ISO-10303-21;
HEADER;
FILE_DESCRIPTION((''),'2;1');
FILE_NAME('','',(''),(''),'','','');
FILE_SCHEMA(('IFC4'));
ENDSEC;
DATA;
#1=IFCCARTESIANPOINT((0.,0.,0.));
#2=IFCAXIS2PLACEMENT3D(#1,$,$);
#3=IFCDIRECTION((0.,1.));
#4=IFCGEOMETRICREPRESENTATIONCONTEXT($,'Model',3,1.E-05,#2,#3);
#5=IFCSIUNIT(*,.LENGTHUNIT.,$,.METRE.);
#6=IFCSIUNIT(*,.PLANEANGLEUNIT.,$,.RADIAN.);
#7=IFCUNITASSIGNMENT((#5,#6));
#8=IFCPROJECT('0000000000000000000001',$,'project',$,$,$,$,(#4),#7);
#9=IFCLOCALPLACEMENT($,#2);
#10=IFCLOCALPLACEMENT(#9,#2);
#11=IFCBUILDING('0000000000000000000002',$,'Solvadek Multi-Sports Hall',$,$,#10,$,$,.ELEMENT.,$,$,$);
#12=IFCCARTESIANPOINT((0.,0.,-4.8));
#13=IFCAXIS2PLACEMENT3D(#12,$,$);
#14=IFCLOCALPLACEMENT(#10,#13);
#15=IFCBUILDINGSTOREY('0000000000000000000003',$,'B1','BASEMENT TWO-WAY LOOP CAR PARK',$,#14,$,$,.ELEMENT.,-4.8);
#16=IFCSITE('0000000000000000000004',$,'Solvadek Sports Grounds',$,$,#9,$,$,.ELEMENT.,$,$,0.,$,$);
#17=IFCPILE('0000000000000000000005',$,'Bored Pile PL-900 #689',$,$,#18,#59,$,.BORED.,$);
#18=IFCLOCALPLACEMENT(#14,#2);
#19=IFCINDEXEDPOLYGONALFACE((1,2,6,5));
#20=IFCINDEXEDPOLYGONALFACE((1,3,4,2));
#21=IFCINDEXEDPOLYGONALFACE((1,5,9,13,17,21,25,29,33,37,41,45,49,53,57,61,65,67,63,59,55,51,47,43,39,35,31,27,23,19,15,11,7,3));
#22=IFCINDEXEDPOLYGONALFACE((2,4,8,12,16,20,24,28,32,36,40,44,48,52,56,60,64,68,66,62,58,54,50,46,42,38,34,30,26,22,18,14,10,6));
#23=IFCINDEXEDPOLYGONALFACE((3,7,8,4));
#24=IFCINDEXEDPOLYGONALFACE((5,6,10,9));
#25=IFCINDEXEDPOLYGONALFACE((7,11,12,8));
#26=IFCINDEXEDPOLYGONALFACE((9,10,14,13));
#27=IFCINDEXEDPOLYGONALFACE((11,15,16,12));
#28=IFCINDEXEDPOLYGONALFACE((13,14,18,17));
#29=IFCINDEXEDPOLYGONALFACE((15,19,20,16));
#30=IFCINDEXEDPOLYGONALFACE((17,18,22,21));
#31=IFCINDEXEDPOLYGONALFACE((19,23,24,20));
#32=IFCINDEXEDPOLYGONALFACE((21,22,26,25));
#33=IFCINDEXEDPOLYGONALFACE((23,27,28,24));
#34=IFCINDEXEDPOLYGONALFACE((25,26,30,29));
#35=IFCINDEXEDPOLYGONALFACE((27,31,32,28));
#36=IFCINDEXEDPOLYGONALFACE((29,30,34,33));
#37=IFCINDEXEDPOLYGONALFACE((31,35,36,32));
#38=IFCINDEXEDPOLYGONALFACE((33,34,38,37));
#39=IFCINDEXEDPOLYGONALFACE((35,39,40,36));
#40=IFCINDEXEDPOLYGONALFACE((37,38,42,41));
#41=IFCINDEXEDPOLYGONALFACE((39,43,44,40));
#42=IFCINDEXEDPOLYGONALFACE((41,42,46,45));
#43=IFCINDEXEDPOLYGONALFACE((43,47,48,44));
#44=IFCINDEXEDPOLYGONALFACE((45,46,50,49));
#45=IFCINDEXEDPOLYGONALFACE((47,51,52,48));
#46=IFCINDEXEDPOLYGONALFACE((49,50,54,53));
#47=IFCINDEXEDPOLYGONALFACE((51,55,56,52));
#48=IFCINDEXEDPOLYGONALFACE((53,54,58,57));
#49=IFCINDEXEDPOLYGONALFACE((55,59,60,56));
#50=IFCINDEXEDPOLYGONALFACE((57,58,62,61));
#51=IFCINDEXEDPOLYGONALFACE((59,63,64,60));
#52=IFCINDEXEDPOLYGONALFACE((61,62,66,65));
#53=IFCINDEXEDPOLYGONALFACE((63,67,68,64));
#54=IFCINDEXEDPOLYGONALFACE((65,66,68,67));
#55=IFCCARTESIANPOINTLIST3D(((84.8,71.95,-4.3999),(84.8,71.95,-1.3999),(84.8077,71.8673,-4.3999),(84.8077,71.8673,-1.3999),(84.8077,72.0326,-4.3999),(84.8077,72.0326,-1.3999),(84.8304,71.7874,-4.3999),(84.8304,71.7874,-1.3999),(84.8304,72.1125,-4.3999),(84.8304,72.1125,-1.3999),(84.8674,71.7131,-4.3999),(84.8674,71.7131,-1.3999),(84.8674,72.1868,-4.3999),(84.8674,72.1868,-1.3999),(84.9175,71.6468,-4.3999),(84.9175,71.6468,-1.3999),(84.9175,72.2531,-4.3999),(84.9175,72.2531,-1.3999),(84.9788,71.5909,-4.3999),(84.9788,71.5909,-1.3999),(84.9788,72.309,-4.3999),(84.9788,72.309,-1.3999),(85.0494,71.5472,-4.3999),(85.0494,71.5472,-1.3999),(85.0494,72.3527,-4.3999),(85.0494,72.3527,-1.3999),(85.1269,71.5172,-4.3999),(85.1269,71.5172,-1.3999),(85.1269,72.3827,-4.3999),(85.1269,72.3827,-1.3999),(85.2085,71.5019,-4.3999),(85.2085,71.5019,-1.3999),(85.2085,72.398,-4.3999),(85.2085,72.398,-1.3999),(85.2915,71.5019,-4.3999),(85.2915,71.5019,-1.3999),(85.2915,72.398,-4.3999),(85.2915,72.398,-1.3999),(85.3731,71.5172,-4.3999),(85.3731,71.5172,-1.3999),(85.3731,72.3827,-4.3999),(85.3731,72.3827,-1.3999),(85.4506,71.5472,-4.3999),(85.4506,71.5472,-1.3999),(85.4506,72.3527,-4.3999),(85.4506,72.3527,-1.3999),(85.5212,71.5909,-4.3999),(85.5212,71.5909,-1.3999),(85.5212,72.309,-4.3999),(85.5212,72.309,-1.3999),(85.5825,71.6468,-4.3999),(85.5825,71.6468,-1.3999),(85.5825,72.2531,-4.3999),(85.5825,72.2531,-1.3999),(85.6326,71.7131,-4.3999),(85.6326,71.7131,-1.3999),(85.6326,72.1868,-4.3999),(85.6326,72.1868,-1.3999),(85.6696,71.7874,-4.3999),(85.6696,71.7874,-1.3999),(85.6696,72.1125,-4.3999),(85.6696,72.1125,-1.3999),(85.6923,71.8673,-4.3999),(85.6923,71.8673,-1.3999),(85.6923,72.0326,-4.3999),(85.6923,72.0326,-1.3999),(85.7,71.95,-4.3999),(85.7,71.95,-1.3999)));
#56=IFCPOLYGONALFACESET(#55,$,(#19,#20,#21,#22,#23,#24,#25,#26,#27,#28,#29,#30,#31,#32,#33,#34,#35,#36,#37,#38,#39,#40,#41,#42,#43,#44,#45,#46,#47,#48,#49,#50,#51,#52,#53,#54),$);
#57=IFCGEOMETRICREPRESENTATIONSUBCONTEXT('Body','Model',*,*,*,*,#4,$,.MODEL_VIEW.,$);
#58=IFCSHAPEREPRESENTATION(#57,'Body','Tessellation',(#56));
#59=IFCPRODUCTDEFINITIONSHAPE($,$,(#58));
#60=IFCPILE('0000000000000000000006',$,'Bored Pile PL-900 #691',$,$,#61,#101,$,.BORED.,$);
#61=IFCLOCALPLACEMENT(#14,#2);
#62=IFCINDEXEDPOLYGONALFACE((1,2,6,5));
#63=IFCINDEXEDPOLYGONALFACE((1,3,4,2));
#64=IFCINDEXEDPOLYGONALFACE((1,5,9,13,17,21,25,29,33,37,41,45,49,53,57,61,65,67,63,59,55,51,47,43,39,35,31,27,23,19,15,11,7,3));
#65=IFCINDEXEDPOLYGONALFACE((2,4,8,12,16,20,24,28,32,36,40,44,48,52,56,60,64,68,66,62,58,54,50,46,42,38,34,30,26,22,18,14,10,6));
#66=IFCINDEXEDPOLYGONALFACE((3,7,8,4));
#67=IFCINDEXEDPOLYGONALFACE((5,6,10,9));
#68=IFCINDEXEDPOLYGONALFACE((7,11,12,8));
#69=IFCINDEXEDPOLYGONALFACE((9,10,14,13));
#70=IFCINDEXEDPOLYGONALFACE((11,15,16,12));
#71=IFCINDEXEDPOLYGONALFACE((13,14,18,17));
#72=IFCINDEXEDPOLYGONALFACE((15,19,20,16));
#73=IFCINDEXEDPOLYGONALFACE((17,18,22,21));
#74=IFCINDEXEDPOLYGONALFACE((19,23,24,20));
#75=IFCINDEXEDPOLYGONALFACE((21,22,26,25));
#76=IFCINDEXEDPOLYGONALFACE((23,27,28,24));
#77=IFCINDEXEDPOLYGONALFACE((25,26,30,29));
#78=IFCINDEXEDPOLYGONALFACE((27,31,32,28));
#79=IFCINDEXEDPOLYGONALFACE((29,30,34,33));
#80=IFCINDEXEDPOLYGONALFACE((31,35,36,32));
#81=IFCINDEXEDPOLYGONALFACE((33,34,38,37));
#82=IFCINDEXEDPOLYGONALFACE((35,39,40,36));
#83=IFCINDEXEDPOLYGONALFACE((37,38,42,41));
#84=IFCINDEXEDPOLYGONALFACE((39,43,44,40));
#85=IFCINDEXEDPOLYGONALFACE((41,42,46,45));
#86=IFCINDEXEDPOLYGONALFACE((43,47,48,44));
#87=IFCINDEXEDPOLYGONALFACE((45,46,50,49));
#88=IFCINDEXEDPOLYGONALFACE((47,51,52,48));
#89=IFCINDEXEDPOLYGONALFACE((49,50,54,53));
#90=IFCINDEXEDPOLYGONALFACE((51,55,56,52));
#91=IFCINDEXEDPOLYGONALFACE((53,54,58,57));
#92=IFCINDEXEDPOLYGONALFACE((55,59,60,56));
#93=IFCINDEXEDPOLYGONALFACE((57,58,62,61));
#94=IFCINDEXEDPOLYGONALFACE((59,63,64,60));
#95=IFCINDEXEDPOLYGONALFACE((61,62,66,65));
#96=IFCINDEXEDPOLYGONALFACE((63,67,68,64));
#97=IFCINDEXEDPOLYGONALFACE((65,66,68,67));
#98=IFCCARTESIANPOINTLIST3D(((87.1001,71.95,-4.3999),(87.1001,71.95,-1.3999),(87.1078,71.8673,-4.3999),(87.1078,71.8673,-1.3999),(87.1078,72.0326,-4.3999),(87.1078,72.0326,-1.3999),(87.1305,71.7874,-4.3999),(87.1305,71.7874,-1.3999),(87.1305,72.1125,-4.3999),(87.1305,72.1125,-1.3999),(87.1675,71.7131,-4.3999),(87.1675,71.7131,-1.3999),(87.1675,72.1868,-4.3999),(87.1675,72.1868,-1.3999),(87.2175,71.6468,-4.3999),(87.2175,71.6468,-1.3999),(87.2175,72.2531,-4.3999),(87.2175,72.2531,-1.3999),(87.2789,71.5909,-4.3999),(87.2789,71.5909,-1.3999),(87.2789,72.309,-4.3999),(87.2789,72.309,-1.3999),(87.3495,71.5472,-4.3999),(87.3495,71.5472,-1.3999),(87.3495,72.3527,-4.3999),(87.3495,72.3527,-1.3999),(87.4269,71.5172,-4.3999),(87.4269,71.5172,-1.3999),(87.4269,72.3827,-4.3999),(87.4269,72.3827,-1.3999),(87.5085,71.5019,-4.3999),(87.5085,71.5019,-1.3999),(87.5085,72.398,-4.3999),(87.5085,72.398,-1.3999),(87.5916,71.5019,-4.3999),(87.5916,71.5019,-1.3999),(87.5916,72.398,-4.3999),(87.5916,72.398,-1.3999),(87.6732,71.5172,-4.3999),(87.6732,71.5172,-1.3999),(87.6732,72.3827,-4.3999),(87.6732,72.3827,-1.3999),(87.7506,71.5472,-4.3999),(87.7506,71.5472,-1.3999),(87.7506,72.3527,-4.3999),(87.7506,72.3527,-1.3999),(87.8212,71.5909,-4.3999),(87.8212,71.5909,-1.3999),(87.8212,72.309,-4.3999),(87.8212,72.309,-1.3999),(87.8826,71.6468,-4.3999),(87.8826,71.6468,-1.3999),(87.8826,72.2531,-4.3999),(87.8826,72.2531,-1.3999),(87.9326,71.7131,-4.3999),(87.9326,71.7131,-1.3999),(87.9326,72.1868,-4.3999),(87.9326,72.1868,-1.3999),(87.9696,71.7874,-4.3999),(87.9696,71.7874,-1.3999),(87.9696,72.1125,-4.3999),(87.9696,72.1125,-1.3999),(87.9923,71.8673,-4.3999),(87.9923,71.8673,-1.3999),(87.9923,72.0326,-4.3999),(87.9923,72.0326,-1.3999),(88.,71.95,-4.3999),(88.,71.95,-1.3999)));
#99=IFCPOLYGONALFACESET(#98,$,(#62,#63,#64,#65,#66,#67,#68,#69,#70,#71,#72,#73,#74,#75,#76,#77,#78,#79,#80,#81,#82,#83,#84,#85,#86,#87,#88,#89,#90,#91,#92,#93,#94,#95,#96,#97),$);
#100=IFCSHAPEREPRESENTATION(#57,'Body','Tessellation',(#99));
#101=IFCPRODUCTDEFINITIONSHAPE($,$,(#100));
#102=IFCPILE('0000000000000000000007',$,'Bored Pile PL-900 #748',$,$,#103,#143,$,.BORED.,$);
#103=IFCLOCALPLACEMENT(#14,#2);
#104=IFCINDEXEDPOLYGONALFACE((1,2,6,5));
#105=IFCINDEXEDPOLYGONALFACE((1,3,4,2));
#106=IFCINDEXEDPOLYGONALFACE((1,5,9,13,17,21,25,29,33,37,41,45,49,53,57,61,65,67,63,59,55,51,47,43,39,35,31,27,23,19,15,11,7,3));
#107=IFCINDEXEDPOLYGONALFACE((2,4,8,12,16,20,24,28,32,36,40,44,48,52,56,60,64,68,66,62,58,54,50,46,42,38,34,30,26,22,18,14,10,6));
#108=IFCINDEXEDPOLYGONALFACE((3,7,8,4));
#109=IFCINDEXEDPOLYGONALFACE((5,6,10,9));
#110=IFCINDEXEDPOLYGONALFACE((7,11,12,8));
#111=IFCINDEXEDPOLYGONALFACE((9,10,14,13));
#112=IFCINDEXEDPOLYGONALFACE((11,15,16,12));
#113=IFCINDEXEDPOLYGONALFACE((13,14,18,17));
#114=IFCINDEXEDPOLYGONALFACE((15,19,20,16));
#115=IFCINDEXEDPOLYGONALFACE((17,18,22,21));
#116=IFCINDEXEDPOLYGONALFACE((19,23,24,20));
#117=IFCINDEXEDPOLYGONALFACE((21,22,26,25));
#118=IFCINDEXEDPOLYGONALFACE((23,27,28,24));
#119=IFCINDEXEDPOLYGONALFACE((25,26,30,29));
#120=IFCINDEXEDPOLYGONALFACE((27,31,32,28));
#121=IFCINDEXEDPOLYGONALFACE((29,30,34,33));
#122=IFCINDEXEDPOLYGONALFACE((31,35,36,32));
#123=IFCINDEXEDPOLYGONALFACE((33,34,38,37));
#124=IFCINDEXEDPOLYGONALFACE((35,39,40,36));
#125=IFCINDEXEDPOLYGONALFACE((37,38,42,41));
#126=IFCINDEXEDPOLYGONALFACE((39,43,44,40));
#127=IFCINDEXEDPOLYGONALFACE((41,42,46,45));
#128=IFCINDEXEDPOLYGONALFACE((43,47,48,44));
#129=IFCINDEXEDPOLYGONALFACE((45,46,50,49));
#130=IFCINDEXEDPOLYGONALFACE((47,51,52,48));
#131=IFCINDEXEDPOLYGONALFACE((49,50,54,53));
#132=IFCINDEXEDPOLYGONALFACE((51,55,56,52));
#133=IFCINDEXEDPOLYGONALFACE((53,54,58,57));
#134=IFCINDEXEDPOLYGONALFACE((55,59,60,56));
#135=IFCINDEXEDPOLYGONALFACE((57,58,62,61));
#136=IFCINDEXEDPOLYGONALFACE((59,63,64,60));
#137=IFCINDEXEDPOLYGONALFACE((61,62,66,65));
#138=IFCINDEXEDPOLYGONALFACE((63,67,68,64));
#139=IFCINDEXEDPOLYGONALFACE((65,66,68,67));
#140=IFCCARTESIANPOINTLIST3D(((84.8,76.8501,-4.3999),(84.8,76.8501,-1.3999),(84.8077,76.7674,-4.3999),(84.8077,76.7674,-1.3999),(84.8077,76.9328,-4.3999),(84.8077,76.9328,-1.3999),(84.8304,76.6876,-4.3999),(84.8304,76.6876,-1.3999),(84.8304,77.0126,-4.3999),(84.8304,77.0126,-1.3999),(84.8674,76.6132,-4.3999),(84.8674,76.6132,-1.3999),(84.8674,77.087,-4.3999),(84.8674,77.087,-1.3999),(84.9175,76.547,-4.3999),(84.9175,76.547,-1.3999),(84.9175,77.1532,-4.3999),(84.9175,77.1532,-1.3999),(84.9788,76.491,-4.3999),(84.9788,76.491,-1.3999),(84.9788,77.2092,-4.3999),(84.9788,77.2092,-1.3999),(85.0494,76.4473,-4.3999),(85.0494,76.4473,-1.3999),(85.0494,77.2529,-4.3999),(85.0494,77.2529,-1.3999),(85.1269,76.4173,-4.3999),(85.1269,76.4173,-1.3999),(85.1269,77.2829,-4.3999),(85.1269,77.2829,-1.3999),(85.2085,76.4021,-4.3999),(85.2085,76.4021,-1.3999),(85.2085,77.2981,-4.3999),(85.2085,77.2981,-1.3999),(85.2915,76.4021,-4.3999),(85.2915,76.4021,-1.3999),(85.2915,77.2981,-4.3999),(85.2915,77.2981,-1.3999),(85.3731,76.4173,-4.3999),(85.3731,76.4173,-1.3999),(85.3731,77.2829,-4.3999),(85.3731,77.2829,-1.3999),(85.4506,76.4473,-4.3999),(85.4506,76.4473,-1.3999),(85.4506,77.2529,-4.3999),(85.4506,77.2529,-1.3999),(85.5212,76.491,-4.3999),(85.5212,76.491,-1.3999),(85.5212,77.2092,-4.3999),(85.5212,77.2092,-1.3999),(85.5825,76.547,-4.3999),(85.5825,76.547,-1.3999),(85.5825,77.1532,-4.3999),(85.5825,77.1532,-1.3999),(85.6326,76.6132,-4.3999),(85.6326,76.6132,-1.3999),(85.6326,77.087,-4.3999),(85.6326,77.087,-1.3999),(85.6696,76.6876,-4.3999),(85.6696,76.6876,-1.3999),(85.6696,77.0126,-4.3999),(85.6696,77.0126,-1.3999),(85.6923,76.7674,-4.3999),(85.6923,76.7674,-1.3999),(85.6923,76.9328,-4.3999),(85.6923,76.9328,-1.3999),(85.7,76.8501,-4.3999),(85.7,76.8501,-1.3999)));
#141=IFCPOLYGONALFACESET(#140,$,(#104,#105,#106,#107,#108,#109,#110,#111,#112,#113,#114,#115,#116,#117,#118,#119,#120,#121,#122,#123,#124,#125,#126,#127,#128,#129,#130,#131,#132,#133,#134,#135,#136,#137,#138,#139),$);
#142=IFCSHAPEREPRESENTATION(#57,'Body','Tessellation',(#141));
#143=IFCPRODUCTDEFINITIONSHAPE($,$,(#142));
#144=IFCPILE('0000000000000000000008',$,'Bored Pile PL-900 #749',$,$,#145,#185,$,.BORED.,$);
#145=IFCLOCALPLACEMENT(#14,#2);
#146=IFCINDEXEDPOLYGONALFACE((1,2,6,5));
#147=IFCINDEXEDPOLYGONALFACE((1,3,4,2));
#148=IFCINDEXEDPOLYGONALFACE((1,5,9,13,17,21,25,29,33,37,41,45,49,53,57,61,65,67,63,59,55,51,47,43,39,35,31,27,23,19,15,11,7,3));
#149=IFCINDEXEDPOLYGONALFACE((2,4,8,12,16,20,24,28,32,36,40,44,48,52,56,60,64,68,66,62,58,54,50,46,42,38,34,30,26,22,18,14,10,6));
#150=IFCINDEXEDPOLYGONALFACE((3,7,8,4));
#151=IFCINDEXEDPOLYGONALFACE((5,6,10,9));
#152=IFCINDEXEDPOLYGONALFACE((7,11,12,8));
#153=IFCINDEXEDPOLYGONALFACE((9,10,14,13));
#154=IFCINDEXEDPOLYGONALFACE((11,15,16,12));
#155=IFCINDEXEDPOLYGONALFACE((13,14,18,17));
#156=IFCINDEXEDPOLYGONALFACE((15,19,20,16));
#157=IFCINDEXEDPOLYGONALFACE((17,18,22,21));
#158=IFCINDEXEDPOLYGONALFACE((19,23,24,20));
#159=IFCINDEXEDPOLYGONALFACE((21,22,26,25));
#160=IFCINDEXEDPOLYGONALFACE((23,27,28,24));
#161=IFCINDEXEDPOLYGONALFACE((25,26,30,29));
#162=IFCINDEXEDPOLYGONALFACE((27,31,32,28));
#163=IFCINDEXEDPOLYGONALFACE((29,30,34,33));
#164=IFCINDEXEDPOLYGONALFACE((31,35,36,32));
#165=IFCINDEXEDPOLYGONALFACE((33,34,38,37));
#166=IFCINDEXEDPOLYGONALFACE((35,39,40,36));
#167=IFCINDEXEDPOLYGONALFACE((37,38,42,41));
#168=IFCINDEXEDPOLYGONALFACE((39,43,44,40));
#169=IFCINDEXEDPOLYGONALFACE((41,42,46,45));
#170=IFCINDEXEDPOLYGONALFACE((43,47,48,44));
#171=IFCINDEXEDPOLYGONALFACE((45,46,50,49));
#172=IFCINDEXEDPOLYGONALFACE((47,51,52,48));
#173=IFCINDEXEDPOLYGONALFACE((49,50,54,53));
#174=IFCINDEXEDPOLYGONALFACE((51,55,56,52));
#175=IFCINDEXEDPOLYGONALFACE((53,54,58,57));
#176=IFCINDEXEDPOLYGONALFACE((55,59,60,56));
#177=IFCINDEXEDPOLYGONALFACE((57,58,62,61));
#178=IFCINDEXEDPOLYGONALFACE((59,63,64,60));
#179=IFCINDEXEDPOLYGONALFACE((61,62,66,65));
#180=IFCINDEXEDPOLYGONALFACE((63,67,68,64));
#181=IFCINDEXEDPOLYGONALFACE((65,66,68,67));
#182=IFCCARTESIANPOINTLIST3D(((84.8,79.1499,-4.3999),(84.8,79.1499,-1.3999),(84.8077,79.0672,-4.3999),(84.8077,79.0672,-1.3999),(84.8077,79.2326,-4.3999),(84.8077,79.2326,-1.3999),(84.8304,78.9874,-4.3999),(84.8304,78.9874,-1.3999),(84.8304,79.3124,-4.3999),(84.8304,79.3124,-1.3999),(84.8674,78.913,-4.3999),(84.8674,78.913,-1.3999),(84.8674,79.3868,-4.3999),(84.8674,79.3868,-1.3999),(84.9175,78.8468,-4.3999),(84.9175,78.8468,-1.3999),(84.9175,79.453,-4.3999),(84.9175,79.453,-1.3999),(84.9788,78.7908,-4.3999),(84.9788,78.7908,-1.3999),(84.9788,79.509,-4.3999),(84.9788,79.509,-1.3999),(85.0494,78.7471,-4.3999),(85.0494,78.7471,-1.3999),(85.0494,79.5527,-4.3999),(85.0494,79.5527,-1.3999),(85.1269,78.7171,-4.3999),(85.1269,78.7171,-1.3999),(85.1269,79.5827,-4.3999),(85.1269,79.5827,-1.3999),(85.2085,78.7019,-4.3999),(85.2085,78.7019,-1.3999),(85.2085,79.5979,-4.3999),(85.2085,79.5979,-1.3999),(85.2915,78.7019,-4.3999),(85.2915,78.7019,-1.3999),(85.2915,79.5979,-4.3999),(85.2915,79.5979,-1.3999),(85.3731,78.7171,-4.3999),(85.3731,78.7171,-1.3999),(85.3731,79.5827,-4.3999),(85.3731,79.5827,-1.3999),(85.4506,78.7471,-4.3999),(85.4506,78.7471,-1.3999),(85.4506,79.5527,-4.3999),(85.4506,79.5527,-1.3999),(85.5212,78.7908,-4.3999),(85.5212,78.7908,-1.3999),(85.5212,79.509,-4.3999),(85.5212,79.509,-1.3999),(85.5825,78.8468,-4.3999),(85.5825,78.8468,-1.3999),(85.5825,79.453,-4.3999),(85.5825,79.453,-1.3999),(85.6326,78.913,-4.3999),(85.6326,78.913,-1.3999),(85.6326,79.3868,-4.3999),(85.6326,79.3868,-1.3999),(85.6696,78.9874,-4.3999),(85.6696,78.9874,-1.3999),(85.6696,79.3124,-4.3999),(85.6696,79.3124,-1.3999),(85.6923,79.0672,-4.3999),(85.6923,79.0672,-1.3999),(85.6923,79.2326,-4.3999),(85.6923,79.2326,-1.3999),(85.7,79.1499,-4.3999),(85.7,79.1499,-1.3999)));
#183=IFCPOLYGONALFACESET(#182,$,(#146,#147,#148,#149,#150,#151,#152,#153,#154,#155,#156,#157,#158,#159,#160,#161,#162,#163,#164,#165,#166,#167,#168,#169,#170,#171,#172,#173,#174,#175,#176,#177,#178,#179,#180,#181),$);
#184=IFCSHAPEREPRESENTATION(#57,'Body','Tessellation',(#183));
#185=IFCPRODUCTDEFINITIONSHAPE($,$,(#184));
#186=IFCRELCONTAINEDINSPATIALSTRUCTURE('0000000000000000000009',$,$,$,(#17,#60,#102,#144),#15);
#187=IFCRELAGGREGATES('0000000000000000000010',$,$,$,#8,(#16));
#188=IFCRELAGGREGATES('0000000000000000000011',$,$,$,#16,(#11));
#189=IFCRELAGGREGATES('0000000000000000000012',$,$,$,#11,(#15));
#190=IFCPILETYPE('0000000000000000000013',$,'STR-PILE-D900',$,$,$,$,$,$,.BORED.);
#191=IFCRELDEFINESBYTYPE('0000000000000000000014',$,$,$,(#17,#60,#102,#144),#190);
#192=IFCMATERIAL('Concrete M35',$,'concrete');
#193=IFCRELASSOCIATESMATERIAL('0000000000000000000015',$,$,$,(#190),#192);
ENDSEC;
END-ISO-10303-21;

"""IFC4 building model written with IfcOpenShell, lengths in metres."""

from ifc_helpers import new_model, si_unit, direction, frame, origin, origin_2d, place, context, subcontext, project, spatial, circle, extrude, material, material_profile, profile_set, type_object, element, save


model = new_model("IFC4")

# Units and contexts
model_context = context("Model", 3, precision=1e-05, world=origin(), true_north=direction((0.0, 1.0)))
body_context = subcontext(model_context, "Body", "Model", "MODEL_VIEW")
ifc_project = project(units=[si_unit("LENGTHUNIT", "METRE"), si_unit("PLANEANGLEUNIT", "RADIAN")], contexts=[model_context])

# Site, building, storey
site_placement = place(None, origin())
site = spatial("IfcSite", under=ifc_project, at=site_placement, Name="Solvadek Sports Grounds", CompositionType="ELEMENT", RefElevation=0.0)
building_placement = place(site_placement, origin())
building = spatial("IfcBuilding", under=site, at=building_placement, Name="Solvadek Multi-Sports Hall", CompositionType="ELEMENT")
storey_placement = place(building_placement, frame((0.0, 0.0, -4.8)))
storey = spatial("IfcBuildingStorey", under=building, at=storey_placement, Name="B1", Description="BASEMENT TWO-WAY LOOP CAR PARK", CompositionType="ELEMENT", Elevation=-4.8)

# Piles
ifc_material_1 = material(Name="Concrete M35", Category="concrete")
ifc_material_profile_1 = material_profile(ifc_material_1, circle(Radius=0.45, at=origin_2d()), Name="BORED PILE D900")
ifc_profile_set_1 = profile_set([ifc_material_profile_1], Name="Concrete M35")
pile_type_1 = type_object("IfcPileType", Name="STR-PILE-D900", PredefinedType="BORED", material=ifc_profile_set_1)
for number, where, z_axis, x_axis, name in (
    (1, (85.25, 71.95, -1.3999), (0.0, 0.0, -1.0), (1.0, 0.0, 0.0), "Bored Pile PL-900 #689"),
    (2, (87.55, 71.95, -1.3999), (0.0, 0.0, -1.0), (1.0, 0.0, 0.0), "Bored Pile PL-900 #691"),
    (3, (85.25, 76.8501, -1.3999), (0.0, 0.0, -1.0), (1.0, 0.0, 0.0), "Bored Pile PL-900 #748"),
    (4, (85.25, 79.1499, -1.3999), (0.0, 0.0, -1.0), (1.0, 0.0, 0.0), "Bored Pile PL-900 #749"),
):
    element("IfcPile", number, at=place(storey_placement, frame(where, z_axis=z_axis, x_axis=x_axis)), inside=storey, type_object=pile_type_1, Name=name, PredefinedType="BORED", context=body_context, shape_type="SweptSolid", body=[
        extrude(circle(Radius=0.45, at=origin_2d()), origin(), (0.0, 0.0, 1.0), 3.0),
    ])

save(model, "model.ifc")
